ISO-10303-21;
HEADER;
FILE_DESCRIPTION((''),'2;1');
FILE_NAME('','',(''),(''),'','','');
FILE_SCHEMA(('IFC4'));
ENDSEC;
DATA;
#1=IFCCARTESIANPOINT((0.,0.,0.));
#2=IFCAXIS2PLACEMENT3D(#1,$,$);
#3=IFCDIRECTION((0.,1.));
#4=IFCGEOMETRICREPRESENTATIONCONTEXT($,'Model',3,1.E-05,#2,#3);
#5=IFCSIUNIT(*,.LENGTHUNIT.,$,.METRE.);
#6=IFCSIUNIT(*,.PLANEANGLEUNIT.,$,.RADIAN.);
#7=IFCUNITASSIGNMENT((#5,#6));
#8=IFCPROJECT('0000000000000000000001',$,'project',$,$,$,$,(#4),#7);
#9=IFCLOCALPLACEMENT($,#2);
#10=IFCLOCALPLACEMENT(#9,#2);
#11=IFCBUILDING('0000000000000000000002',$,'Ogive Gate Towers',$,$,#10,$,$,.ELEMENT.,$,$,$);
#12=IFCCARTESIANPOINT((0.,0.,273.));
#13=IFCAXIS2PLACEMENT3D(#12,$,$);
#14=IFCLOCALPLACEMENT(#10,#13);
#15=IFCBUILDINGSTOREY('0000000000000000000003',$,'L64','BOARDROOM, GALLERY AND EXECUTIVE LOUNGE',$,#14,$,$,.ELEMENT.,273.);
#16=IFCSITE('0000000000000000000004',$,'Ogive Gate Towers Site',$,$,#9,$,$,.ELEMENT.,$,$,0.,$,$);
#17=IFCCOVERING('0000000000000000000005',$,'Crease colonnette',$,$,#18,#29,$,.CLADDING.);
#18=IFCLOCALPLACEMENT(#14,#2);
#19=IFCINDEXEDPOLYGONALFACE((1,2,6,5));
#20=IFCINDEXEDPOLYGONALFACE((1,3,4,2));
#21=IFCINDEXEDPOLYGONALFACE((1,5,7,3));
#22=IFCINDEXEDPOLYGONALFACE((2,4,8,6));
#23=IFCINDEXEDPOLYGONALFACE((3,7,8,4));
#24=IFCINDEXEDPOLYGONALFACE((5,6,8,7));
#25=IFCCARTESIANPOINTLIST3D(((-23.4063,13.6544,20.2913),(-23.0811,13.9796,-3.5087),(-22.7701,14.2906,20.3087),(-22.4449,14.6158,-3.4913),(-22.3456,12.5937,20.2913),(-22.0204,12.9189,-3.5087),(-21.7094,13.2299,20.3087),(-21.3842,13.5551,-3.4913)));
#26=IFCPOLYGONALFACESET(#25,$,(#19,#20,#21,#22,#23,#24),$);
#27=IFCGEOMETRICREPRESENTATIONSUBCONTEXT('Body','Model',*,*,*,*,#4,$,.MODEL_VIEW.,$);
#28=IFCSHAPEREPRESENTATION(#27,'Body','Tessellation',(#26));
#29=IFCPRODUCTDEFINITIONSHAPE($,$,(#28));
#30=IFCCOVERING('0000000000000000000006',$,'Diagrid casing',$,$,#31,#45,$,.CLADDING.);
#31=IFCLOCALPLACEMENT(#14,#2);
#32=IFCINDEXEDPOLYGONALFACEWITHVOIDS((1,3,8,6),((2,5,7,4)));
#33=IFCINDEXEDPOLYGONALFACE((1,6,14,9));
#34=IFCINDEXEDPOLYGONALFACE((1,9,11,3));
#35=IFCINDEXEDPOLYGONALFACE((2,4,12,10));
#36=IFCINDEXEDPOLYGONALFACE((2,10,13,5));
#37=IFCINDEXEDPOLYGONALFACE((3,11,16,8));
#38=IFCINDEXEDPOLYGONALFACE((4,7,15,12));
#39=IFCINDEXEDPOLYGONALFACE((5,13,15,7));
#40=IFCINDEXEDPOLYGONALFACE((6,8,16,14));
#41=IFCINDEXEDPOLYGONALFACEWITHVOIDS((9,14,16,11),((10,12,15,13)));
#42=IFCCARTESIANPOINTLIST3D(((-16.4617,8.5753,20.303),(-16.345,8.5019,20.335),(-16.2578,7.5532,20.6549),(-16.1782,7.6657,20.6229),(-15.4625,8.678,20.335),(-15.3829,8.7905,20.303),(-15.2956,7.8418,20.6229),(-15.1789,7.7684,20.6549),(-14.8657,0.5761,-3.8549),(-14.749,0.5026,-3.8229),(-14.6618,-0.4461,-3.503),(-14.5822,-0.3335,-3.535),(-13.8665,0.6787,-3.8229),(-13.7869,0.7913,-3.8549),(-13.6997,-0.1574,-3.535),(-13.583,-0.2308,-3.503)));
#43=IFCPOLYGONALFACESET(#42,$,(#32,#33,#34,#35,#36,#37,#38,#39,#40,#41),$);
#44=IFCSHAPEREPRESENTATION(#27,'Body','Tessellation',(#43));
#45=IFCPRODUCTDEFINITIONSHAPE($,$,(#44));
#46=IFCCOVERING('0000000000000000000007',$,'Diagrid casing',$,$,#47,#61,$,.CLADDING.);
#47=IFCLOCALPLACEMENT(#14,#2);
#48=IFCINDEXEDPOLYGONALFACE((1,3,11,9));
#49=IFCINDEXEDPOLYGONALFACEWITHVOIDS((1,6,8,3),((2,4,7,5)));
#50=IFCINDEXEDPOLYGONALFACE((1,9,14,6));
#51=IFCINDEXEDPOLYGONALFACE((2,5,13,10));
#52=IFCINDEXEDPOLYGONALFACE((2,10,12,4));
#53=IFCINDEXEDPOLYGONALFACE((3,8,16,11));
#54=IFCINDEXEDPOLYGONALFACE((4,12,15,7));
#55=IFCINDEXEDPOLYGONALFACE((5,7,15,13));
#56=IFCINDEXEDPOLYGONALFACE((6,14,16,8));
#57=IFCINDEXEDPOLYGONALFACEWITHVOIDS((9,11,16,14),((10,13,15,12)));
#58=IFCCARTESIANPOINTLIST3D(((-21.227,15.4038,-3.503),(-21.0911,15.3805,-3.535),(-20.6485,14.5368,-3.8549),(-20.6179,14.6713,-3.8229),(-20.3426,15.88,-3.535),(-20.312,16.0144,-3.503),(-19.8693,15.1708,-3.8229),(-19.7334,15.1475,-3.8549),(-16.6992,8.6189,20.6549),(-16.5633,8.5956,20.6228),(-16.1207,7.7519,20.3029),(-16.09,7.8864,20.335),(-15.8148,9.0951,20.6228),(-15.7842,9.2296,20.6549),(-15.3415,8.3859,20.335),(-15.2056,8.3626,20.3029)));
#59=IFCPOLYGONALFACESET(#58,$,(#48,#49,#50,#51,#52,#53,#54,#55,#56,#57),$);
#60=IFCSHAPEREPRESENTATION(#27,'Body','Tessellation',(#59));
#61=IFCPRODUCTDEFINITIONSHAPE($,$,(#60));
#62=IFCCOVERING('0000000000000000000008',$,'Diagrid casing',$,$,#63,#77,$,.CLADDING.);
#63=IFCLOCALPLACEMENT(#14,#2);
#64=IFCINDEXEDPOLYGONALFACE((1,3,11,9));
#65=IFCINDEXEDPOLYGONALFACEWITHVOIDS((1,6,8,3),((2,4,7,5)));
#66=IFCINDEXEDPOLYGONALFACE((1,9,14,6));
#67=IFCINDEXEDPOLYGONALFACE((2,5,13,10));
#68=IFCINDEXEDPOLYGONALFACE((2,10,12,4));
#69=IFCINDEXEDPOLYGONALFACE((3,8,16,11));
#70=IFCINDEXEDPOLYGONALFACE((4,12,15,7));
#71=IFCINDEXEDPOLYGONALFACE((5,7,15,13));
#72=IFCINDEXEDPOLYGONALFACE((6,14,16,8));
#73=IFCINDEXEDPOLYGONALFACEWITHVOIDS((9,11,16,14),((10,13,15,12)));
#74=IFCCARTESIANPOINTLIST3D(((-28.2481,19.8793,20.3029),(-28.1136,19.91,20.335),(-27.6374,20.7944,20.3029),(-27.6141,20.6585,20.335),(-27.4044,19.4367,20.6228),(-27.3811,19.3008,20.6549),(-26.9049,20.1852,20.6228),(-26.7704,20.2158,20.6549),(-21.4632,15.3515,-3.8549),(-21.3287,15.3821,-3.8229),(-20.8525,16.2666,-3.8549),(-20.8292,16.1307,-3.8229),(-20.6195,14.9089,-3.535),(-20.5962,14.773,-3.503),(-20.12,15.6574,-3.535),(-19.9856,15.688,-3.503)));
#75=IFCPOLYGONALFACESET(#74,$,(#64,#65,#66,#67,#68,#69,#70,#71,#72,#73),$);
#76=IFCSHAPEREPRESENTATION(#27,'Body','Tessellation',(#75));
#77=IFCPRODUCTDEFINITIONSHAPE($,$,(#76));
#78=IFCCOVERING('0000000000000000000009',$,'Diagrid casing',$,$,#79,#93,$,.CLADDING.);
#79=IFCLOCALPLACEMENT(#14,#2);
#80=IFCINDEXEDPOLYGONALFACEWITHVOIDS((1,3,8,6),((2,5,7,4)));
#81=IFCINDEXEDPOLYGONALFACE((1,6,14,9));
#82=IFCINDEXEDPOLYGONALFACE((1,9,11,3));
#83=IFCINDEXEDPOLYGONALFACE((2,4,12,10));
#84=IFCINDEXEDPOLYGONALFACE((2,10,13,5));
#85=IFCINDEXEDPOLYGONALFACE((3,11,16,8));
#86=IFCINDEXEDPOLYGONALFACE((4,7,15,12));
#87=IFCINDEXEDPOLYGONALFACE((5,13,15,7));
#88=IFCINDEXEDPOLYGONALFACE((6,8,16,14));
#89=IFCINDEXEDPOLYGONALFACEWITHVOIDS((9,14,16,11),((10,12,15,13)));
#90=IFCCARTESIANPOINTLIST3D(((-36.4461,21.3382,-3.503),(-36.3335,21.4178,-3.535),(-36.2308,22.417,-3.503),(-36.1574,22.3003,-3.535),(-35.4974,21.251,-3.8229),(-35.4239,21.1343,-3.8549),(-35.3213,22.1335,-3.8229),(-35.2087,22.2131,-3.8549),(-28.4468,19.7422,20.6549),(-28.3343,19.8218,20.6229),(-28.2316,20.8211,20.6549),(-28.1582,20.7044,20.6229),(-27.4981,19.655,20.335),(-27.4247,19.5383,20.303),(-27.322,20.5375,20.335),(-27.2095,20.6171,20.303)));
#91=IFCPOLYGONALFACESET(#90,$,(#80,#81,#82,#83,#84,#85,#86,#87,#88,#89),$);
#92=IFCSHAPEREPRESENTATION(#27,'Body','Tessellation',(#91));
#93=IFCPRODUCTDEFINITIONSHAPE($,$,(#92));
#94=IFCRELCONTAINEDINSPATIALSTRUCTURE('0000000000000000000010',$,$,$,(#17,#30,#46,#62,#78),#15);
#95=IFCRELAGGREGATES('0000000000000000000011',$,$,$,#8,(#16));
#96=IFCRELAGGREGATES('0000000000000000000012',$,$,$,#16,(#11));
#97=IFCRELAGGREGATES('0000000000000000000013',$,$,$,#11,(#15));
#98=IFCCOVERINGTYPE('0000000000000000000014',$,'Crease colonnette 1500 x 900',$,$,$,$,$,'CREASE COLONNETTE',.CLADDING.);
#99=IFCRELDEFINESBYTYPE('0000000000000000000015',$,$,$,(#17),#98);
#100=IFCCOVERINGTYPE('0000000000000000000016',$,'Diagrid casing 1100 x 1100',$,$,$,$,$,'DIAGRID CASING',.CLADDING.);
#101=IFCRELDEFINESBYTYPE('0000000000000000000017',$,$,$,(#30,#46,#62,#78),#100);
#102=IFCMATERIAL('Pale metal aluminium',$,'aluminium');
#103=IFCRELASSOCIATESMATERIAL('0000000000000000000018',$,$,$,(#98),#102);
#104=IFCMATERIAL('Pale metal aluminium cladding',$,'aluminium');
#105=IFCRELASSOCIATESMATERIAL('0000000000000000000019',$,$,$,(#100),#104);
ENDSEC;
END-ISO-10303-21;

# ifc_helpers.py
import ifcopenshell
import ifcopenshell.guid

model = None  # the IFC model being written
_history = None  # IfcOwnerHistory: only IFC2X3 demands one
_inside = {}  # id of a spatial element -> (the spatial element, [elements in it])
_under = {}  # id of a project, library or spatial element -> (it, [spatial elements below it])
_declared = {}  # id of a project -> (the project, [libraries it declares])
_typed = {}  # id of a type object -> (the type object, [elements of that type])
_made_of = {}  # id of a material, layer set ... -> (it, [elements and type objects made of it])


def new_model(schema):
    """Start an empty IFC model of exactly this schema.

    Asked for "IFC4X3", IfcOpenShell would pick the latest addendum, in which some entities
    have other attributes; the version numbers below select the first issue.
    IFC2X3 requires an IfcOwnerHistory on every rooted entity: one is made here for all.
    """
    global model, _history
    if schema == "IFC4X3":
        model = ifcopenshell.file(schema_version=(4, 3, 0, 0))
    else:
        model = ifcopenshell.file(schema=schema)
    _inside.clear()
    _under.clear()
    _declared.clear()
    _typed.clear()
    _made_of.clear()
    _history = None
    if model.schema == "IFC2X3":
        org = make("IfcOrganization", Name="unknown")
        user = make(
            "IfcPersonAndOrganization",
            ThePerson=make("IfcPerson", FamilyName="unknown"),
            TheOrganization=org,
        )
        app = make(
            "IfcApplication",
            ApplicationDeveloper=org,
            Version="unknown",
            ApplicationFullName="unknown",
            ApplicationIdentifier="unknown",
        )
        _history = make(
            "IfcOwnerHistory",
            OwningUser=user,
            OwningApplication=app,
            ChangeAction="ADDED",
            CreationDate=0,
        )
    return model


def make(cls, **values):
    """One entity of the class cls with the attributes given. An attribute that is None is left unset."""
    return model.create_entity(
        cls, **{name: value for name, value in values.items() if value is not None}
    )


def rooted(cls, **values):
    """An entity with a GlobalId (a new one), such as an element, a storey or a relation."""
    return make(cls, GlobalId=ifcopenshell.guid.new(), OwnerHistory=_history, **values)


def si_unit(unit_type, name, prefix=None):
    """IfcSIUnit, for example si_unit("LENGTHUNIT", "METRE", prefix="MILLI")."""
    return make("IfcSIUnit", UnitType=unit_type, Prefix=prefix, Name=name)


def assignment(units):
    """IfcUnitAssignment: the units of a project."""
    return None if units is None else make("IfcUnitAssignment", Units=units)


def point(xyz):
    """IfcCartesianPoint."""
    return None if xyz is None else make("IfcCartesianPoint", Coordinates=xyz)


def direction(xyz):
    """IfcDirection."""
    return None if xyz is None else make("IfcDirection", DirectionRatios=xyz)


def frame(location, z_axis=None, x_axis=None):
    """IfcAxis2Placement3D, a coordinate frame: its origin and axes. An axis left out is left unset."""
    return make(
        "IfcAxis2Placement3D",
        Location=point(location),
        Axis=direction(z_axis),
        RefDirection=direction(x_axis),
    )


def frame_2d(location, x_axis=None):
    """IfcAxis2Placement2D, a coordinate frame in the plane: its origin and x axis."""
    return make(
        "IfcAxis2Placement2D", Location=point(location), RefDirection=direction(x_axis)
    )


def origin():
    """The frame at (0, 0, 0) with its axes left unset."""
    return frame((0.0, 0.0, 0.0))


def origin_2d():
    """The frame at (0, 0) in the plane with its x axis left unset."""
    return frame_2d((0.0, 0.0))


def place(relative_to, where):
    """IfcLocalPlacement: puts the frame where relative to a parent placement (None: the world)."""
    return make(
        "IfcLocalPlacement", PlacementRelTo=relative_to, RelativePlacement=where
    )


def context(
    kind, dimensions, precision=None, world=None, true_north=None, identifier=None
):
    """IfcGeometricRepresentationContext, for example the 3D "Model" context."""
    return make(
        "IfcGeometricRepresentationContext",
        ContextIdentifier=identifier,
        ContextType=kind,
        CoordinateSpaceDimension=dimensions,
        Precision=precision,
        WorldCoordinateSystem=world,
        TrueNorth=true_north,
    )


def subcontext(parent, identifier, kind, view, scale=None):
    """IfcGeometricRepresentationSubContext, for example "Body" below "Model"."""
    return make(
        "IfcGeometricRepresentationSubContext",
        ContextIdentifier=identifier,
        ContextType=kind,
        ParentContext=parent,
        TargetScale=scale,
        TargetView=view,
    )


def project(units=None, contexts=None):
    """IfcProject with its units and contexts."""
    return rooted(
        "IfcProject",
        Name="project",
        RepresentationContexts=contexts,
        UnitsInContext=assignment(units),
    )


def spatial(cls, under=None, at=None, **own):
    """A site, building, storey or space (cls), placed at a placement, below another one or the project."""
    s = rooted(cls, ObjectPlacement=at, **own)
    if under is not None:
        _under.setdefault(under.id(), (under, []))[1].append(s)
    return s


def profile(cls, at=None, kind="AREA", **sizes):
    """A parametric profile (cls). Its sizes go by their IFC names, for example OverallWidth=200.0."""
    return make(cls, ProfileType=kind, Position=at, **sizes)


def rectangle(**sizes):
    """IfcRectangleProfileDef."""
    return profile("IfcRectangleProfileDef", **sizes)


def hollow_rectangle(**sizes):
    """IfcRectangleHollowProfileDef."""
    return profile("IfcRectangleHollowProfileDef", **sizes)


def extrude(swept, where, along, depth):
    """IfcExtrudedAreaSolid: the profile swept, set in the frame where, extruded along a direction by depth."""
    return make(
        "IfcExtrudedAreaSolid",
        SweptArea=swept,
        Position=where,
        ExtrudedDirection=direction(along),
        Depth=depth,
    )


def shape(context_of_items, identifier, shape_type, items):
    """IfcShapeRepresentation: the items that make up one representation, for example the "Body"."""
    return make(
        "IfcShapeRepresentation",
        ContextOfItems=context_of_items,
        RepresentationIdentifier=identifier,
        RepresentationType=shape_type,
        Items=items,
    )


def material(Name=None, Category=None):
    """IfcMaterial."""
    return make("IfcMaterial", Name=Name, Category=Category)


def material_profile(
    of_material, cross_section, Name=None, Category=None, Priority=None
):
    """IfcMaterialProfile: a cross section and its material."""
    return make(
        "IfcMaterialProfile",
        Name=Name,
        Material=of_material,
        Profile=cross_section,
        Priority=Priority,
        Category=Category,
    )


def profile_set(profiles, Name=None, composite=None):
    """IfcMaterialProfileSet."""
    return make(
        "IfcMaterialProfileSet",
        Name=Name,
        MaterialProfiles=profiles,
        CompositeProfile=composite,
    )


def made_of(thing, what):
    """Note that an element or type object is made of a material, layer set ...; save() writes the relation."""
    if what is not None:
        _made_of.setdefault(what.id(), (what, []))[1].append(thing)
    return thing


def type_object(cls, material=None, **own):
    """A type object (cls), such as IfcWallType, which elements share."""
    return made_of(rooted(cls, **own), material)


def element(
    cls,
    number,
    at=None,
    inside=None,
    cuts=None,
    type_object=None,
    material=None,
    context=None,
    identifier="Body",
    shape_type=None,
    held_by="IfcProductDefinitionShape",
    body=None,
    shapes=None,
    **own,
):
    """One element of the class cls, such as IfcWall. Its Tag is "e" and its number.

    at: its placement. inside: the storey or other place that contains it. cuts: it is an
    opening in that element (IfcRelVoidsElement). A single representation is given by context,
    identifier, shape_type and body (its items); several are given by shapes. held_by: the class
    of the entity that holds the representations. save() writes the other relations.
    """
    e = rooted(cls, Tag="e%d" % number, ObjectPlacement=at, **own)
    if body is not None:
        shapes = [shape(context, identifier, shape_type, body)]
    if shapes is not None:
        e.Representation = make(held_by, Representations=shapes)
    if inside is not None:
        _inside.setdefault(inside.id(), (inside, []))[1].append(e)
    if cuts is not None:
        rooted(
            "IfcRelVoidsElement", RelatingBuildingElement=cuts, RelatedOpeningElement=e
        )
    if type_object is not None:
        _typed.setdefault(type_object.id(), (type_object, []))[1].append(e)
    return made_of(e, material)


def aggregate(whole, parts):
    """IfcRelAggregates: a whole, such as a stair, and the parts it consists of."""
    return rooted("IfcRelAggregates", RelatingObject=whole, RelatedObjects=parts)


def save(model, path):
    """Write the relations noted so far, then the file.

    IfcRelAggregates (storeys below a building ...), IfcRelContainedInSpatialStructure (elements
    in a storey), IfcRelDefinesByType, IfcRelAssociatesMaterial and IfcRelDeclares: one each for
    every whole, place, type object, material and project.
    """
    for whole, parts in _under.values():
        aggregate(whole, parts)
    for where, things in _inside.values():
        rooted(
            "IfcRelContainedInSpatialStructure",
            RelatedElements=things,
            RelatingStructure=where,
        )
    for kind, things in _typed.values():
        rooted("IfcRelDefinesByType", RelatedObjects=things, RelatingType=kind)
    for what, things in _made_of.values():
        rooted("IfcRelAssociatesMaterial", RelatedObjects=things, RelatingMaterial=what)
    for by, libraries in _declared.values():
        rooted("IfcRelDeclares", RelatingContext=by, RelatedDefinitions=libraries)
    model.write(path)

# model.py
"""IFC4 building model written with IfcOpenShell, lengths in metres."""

from ifc_helpers import new_model, si_unit, direction, frame, origin, origin_2d, place, context, subcontext, project, spatial, rectangle, hollow_rectangle, extrude, material, material_profile, profile_set, type_object, element, save


model = new_model("IFC4")

# Units and contexts
model_context = context("Model", 3, precision=1e-05, world=origin(), true_north=direction((0.0, 1.0)))
body_context = subcontext(model_context, "Body", "Model", "MODEL_VIEW")
ifc_project = project(units=[si_unit("LENGTHUNIT", "METRE"), si_unit("PLANEANGLEUNIT", "RADIAN")], contexts=[model_context])

# Site, building, storey
site_placement = place(None, origin())
site = spatial("IfcSite", under=ifc_project, at=site_placement, Name="Ogive Gate Towers Site", CompositionType="ELEMENT", RefElevation=0.0)
building_placement = place(site_placement, origin())
building = spatial("IfcBuilding", under=site, at=building_placement, Name="Ogive Gate Towers", CompositionType="ELEMENT")
storey_placement = place(building_placement, frame((0.0, 0.0, 273.0)))
storey = spatial("IfcBuildingStorey", under=building, at=storey_placement, Name="L64", Description="BOARDROOM, GALLERY AND EXECUTIVE LOUNGE", CompositionType="ELEMENT", Elevation=273.0)

# Coverings
ifc_material_1 = material(Name="Pale metal aluminium", Category="aluminium")
ifc_material_profile_1 = material_profile(ifc_material_1, rectangle(XDim=1.5, YDim=0.8999, at=origin_2d()), Name="1500 x 900 pale metal aluminium")
ifc_profile_set_1 = profile_set([ifc_material_profile_1], Name="Pale metal aluminium")
covering_type_1 = type_object("IfcCoveringType", Name="Crease colonnette 1500 x 900", ElementType="CREASE COLONNETTE", PredefinedType="CLADDING", material=ifc_profile_set_1)
for number, where, z_axis, x_axis, name in (
    (1, (-22.2327, 13.7673, -3.5), (-0.013661, -0.013661, 0.999813), (0.707107, -0.707107, 0.0), "Crease colonnette"),
):
    element("IfcCovering", number, at=place(storey_placement, frame(where, z_axis=z_axis, x_axis=x_axis)), inside=storey, type_object=covering_type_1, Name=name, PredefinedType="CLADDING", context=body_context, shape_type="SweptSolid", body=[
        extrude(rectangle(XDim=1.5, YDim=0.8999, at=origin_2d()), origin(), (0.0, 0.0, 1.0), 23.8044),
    ])
ifc_material_2 = material(Name="Pale metal aluminium cladding", Category="aluminium")
ifc_material_profile_2 = material_profile(ifc_material_2, hollow_rectangle(XDim=1.1001, YDim=1.1001, WallThickness=0.1001, at=origin_2d()), Name="1100 x 1100 pale metal casing")
ifc_profile_set_2 = profile_set([ifc_material_profile_2], Name="Pale metal aluminium cladding")
covering_type_2 = type_object("IfcCoveringType", Name="Diagrid casing 1100 x 1100", ElementType="DIAGRID CASING", PredefinedType="CLADDING", material=ifc_profile_set_2)
for number, where, z_axis, x_axis, name in (
    (2, (-14.2244, 0.1726, -3.679), (-0.062591, 0.313723, 0.947449), (-0.980673, -0.195656, 0.0), "Diagrid casing"),
    (3, (-20.4802, 15.2756, -3.679), (0.177577, -0.266097, 0.947449), (0.831792, 0.555087, 0.0), "Diagrid casing"),
    (4, (-20.7244, 15.5198, -3.679), (-0.266097, 0.177577, 0.947449), (-0.555087, -0.831792, 0.0), "Diagrid casing"),
    (5, (-35.8274, 21.7756, -3.679), (0.313723, -0.062591, 0.947449), (0.195656, 0.980673, 0.0), "Diagrid casing"),
):
    element("IfcCovering", number, at=place(storey_placement, frame(where, z_axis=z_axis, x_axis=x_axis)), inside=storey, type_object=covering_type_2, Name=name, PredefinedType="CLADDING", context=body_context, shape_type="SweptSolid", body=[
        extrude(hollow_rectangle(XDim=1.1001, YDim=1.1001, WallThickness=0.1001, at=origin_2d()), origin(), (0.0, 0.0, 1.0), 25.4978),
    ])

save(model, "model.ifc")
